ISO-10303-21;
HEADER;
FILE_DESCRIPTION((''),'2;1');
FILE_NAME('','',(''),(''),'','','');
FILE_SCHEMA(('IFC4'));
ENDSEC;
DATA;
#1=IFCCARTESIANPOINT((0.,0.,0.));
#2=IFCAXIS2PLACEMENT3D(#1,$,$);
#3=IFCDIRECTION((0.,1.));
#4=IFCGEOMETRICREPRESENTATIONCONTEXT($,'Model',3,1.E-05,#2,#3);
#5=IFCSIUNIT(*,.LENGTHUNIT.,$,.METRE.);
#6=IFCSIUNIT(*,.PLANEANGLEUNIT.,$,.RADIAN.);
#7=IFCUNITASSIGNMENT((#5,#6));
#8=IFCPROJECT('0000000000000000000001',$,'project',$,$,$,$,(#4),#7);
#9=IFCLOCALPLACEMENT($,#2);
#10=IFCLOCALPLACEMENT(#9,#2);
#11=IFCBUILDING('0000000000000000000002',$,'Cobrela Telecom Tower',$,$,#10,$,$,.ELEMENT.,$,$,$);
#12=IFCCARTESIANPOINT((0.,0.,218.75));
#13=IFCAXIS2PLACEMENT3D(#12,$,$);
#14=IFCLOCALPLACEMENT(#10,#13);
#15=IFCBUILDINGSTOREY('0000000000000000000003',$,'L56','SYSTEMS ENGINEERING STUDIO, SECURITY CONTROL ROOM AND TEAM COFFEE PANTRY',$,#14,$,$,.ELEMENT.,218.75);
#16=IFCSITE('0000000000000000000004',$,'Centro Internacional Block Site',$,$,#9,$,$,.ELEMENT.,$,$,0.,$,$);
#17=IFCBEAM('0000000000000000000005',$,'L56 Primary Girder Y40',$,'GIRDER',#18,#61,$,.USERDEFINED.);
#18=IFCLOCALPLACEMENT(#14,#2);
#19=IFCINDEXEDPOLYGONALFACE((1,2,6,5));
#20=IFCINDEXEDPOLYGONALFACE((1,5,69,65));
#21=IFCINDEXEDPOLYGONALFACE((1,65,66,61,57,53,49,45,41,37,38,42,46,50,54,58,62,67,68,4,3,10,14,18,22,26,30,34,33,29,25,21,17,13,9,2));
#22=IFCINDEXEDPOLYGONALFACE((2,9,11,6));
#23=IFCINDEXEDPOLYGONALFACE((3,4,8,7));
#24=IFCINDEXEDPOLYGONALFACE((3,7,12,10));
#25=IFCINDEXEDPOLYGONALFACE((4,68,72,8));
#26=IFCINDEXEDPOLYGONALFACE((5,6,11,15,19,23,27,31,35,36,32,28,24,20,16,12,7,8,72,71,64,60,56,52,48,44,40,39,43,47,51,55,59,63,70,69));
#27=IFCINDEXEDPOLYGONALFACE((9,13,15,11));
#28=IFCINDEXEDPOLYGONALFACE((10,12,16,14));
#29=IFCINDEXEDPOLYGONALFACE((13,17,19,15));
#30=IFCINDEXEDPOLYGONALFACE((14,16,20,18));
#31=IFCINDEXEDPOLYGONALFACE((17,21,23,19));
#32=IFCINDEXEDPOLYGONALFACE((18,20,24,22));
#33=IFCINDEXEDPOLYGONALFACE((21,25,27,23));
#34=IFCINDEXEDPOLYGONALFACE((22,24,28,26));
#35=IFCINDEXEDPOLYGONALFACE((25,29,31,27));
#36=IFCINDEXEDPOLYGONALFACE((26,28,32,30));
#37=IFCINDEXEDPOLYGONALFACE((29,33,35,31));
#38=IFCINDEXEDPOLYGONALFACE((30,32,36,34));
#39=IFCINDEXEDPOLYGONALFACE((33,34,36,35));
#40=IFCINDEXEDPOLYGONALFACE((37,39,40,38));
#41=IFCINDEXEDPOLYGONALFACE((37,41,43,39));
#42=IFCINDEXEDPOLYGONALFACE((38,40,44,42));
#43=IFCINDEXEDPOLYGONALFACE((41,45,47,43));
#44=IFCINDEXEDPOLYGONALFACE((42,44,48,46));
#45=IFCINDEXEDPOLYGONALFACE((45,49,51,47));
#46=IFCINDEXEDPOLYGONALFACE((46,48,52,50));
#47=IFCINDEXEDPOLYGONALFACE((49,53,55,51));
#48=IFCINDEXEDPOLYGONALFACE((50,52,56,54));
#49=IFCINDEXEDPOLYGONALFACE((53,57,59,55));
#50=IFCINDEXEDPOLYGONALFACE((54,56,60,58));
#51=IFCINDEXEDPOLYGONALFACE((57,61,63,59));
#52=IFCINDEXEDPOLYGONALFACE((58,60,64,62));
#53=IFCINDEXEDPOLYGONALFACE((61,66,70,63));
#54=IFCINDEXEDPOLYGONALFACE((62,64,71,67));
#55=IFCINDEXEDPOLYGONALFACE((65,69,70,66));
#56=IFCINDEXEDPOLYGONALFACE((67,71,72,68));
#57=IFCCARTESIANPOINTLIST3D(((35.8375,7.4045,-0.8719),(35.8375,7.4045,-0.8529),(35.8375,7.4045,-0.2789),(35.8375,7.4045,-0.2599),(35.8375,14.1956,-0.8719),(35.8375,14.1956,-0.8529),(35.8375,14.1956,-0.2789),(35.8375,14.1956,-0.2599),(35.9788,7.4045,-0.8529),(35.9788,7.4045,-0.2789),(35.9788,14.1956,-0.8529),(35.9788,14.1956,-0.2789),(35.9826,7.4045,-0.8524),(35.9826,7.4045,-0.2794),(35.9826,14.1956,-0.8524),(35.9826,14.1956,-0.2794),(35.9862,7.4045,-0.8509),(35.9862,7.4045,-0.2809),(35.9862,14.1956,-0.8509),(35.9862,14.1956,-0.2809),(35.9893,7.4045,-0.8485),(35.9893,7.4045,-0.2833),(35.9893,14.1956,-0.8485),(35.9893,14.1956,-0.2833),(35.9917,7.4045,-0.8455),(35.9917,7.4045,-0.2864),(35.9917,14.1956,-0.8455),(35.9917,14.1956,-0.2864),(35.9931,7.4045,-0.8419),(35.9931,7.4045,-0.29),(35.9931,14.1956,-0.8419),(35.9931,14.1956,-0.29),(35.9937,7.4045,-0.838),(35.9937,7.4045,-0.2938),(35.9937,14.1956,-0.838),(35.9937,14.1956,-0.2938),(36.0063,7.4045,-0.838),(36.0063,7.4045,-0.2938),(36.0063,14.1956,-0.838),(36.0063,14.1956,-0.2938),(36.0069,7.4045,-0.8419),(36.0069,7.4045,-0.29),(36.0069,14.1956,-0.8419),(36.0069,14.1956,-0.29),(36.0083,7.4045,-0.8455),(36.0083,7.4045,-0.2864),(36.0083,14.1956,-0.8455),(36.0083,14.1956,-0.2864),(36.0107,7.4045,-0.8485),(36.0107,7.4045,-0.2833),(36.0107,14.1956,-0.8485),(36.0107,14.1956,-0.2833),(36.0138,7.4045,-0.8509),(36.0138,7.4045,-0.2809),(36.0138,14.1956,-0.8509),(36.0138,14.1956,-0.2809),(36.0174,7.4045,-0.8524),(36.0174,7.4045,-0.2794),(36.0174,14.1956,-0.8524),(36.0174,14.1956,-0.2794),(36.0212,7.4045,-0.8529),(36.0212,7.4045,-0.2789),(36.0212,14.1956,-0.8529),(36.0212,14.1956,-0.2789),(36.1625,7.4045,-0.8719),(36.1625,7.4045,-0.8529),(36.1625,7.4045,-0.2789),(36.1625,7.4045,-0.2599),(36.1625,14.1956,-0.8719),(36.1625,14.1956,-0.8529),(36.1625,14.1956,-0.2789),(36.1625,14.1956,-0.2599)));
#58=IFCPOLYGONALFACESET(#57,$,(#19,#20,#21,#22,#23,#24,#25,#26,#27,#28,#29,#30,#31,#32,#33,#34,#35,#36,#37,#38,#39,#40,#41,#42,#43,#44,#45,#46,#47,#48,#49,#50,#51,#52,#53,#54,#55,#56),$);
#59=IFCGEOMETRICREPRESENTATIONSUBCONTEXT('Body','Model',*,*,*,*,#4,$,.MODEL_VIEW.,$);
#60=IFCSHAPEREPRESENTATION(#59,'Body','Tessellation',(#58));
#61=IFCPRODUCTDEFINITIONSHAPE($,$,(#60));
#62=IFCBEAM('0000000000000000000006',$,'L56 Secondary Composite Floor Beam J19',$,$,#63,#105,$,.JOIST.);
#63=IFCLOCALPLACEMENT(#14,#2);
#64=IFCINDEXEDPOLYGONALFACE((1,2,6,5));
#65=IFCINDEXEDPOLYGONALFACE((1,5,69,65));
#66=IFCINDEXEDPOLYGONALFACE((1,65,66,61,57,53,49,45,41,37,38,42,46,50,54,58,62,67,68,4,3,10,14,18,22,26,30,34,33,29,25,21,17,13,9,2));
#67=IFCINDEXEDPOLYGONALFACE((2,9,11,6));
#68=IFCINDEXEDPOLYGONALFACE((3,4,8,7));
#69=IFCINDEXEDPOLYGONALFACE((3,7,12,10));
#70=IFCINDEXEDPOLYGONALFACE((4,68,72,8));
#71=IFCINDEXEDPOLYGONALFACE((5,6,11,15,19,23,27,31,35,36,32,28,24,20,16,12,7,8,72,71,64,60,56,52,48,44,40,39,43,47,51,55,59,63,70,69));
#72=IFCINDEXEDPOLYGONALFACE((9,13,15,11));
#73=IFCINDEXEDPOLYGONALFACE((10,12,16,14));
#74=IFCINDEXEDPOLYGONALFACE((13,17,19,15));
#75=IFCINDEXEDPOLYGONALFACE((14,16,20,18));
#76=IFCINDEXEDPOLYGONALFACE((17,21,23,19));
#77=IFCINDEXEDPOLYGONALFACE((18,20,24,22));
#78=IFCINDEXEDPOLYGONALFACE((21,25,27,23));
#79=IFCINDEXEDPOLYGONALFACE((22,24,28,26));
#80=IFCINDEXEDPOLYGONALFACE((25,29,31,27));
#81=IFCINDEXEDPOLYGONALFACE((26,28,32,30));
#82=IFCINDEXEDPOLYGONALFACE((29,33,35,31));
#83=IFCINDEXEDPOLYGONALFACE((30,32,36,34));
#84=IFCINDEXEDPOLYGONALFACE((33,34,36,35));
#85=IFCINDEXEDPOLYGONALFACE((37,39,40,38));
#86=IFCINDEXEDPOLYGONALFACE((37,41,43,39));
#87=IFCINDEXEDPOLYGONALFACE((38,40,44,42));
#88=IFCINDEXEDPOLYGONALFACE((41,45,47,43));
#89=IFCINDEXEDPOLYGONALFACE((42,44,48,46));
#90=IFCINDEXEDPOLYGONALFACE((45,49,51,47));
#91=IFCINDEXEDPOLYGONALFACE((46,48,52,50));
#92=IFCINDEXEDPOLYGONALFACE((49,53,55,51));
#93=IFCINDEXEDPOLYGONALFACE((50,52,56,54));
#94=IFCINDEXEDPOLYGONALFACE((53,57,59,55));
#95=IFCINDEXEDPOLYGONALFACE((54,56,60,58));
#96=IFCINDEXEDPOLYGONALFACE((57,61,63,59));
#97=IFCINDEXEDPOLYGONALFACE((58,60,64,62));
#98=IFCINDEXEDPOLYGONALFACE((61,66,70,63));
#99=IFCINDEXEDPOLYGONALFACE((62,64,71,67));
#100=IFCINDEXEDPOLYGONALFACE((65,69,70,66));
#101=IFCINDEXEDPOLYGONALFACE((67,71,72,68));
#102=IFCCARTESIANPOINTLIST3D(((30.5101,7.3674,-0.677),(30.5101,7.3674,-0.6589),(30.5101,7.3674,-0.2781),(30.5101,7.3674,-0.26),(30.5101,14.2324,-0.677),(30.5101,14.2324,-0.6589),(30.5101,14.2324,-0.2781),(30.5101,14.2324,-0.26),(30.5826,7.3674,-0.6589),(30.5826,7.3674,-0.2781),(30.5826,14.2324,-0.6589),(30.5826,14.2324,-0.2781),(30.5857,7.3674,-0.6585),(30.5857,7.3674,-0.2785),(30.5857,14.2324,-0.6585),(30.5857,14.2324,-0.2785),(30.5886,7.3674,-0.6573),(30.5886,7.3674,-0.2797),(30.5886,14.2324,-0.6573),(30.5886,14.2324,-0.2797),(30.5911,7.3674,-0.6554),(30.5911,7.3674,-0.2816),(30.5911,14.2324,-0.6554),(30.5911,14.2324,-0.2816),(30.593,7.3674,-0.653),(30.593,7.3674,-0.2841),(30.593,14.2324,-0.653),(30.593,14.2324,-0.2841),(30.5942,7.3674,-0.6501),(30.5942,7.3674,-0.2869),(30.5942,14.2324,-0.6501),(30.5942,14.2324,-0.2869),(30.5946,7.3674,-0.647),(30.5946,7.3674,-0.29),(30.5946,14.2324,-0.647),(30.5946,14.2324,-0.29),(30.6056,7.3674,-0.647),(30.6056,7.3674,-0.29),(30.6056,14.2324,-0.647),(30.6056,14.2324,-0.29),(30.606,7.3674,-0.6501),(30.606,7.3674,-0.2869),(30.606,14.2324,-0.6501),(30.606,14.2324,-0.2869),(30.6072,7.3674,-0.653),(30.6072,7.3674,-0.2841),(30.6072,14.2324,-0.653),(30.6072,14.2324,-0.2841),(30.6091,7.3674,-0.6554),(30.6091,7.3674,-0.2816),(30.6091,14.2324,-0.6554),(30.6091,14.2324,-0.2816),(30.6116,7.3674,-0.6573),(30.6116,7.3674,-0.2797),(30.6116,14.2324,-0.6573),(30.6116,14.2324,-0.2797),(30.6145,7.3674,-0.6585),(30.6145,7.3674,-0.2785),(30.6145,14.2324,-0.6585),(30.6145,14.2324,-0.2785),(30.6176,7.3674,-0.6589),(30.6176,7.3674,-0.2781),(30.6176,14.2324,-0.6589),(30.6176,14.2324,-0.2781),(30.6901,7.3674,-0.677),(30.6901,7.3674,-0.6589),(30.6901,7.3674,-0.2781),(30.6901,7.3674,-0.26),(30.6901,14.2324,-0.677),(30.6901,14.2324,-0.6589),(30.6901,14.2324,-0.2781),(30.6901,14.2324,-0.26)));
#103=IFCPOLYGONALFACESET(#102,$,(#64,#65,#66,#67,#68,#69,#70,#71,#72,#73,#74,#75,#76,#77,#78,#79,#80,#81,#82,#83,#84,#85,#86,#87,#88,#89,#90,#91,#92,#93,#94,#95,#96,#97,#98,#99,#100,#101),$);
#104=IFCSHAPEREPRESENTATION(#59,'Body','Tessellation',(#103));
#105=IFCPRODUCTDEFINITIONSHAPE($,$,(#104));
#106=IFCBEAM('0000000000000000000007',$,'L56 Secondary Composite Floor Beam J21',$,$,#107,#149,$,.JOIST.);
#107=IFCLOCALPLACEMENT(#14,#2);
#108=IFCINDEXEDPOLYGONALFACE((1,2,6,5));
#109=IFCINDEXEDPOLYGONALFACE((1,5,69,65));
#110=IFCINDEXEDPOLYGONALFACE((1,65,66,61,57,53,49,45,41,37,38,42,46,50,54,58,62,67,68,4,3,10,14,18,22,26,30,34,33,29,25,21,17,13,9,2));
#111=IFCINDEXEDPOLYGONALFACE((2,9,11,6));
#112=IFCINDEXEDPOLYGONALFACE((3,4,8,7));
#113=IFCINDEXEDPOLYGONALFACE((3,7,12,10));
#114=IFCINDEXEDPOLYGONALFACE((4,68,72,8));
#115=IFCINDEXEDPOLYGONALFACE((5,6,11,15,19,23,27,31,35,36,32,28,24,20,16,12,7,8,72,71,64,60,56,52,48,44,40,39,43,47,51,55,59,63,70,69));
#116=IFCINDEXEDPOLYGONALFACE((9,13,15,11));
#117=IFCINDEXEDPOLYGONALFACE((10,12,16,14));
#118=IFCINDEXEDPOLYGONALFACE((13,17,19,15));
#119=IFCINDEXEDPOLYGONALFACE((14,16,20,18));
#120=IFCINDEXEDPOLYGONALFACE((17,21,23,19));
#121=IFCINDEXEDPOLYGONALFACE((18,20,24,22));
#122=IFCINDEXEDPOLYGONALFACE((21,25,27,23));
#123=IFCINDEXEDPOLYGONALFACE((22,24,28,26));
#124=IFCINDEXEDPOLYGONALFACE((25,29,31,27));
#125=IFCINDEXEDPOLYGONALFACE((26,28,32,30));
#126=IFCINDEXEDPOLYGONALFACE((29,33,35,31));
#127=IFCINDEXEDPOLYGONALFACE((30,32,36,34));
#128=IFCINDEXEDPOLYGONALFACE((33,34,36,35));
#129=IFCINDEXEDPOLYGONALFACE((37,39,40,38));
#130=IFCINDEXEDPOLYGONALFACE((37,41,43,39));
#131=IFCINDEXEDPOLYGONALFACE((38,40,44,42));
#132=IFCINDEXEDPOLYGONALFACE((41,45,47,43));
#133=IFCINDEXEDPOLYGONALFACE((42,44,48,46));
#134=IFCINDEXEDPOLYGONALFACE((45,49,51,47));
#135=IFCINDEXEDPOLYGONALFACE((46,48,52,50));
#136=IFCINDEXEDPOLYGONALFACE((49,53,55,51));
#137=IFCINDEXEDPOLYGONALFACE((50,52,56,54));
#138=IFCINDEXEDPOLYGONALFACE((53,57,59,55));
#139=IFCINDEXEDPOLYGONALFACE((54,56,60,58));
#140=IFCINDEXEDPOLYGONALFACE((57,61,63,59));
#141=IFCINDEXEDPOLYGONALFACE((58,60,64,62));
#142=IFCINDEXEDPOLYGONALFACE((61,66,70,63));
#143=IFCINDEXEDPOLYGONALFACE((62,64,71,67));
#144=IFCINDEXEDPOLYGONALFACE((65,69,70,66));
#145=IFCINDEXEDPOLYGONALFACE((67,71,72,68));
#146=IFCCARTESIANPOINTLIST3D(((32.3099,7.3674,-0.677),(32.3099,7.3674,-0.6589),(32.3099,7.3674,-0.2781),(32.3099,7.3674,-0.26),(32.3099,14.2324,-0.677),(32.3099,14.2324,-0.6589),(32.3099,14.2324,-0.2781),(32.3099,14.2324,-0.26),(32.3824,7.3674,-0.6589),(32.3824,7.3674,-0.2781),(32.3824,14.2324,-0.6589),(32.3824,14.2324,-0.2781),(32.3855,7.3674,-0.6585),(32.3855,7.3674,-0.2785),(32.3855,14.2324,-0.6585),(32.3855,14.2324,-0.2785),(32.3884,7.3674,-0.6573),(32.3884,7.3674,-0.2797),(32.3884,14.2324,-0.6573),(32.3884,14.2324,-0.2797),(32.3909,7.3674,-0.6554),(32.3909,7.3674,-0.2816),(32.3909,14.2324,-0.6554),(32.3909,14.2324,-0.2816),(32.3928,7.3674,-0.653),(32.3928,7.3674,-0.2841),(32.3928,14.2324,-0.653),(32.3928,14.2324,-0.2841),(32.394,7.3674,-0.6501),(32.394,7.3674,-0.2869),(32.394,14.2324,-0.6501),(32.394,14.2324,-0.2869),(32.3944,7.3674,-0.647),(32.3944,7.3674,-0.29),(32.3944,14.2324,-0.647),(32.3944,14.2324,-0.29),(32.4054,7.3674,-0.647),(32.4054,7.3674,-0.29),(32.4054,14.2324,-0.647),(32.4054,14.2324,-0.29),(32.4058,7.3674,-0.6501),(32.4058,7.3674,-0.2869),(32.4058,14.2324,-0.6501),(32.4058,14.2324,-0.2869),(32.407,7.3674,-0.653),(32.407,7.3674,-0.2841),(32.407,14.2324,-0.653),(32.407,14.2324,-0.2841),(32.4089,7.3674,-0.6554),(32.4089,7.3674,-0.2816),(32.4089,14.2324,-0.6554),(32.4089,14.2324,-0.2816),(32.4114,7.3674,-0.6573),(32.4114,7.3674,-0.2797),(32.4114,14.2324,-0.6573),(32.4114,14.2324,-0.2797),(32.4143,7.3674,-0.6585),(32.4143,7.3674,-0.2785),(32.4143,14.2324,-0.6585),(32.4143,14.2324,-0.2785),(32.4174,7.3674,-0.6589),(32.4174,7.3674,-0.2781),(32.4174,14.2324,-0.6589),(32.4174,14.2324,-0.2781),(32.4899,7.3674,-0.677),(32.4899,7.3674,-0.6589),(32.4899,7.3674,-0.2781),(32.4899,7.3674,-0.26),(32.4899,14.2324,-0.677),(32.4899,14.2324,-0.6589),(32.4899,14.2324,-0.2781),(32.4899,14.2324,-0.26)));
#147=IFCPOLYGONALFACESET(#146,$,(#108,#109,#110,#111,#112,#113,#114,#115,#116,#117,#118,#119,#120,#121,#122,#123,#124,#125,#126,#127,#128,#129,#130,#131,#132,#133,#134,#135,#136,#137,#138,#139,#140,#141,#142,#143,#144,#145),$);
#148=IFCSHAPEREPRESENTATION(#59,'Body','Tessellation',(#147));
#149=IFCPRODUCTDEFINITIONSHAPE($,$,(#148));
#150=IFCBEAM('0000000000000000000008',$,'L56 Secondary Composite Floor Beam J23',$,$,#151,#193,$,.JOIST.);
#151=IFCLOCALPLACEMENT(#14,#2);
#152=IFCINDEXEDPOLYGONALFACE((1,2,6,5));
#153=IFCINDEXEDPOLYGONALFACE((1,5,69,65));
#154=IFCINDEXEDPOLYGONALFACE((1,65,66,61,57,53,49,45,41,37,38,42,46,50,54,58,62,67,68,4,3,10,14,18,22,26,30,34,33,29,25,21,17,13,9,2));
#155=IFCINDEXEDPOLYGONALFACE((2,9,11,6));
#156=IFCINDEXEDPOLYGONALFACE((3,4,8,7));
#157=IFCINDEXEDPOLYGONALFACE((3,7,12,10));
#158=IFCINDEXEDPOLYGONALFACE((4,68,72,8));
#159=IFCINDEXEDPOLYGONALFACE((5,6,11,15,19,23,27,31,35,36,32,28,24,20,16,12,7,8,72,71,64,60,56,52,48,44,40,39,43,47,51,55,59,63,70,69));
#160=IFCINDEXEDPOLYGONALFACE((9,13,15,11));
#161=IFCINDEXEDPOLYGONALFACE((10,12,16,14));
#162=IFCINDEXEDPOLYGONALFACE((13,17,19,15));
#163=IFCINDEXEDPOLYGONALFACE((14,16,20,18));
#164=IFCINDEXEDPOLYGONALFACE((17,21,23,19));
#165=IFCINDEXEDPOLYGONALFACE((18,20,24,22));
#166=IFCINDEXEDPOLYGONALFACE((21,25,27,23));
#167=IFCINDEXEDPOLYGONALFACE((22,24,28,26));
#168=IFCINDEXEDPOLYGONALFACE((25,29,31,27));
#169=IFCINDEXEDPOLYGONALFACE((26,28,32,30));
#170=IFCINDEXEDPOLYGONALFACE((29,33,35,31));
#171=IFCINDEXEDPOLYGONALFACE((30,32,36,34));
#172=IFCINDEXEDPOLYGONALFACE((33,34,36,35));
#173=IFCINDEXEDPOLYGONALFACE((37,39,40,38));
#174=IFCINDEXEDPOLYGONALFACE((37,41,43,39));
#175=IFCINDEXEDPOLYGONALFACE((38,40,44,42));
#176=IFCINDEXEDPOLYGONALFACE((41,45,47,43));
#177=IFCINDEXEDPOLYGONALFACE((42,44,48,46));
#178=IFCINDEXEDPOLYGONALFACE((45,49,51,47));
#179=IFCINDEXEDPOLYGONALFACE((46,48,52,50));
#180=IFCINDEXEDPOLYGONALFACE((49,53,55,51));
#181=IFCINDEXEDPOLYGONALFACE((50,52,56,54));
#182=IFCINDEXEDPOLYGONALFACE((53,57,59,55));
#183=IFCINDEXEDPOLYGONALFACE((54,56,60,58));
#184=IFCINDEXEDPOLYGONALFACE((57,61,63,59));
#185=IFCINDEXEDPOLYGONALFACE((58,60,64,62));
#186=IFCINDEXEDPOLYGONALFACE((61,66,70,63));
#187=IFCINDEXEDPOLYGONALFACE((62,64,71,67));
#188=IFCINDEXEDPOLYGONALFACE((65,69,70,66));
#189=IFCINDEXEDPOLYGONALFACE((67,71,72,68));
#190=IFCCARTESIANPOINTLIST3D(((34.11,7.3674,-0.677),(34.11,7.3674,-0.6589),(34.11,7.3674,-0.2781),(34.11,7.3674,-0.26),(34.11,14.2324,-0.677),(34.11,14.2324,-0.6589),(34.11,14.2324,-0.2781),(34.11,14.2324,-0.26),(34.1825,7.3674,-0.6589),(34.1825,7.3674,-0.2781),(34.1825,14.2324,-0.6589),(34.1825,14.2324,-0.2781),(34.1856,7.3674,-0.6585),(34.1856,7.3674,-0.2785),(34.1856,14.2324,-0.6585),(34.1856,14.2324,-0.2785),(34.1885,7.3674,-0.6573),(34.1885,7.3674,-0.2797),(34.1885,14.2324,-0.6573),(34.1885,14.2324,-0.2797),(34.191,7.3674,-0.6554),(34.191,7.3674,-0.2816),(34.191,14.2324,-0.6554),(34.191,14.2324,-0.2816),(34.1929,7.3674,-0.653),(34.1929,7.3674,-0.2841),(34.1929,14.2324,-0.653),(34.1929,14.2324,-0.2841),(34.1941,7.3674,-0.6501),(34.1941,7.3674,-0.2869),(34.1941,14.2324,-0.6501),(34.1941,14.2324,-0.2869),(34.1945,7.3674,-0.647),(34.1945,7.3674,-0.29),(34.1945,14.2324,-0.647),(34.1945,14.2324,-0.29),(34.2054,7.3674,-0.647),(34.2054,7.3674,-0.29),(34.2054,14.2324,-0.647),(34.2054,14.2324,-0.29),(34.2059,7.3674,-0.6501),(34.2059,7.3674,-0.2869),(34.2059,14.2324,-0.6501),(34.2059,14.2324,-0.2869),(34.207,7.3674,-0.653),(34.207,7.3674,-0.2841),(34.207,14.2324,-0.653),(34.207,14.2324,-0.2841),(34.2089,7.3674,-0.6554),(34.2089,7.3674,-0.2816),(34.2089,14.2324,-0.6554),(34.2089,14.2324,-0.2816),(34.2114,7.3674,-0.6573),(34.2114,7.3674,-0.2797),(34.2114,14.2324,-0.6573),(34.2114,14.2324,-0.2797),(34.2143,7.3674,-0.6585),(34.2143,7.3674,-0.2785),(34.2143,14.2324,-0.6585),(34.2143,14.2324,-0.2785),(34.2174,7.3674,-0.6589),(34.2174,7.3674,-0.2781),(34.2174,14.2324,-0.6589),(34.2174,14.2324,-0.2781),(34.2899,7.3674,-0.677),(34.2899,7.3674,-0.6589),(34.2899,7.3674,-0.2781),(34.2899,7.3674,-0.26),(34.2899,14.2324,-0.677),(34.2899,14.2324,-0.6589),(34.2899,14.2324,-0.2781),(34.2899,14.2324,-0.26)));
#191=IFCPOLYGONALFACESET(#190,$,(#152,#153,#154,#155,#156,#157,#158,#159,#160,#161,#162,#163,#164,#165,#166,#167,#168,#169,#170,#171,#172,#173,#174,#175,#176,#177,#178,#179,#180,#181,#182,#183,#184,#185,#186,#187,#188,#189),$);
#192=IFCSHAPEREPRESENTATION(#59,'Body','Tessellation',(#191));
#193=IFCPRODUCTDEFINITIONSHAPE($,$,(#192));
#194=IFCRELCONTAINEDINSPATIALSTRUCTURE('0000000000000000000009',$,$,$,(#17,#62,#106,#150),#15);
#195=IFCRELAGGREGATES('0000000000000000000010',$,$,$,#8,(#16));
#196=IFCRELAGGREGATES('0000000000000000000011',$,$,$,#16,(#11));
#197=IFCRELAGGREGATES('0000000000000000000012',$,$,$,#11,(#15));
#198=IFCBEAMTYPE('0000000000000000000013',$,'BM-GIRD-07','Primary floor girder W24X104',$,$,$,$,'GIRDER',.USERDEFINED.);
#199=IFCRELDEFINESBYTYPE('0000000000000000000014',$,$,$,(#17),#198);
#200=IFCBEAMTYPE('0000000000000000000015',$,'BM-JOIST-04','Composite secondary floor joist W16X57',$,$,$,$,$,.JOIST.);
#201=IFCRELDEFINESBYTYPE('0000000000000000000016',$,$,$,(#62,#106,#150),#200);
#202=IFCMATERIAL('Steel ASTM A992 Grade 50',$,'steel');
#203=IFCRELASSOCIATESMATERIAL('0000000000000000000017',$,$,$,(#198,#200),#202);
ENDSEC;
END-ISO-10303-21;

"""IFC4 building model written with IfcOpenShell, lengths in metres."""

from ifc_helpers import new_model, si_unit, direction, frame, origin, origin_2d, place, context, subcontext, project, spatial, i_section, extrude, material, material_profile, profile_set, type_object, element, save


model = new_model("IFC4")

# Units and contexts
model_context = context("Model", 3, precision=1e-05, world=origin(), true_north=direction((0.0, 1.0)))
body_context = subcontext(model_context, "Body", "Model", "MODEL_VIEW")
ifc_project = project(units=[si_unit("LENGTHUNIT", "METRE"), si_unit("PLANEANGLEUNIT", "RADIAN")], contexts=[model_context])

# Site, building, storey
site_placement = place(None, origin())
site = spatial("IfcSite", under=ifc_project, at=site_placement, Name="Centro Internacional Block Site", CompositionType="ELEMENT", RefElevation=0.0)
building_placement = place(site_placement, origin())
building = spatial("IfcBuilding", under=site, at=building_placement, Name="Cobrela Telecom Tower", CompositionType="ELEMENT")
storey_placement = place(building_placement, frame((0.0, 0.0, 218.75)))
storey = spatial("IfcBuildingStorey", under=building, at=storey_placement, Name="L56", Description="SYSTEMS ENGINEERING STUDIO, SECURITY CONTROL ROOM AND TEAM COFFEE PANTRY", CompositionType="ELEMENT", Elevation=218.75)

# Shared definitions
ifc_material_1 = material(Name="Steel ASTM A992 Grade 50", Category="steel")

# Beams
ifc_material_profile_1 = material_profile(ifc_material_1, i_section(OverallWidth=0.325, OverallDepth=0.6121, WebThickness=0.0127, FlangeThickness=0.019, FilletRadius=0.0149, at=origin_2d()), Name="W24X104")
ifc_profile_set_1 = profile_set([ifc_material_profile_1], Name="Steel ASTM A992 Grade 50")
beam_type_1 = type_object("IfcBeamType", Name="BM-GIRD-07", Description="Primary floor girder W24X104", ElementType="GIRDER", PredefinedType="USERDEFINED", material=ifc_profile_set_1)
beam_1_placement = place(storey_placement, frame((36.0, 7.4045, -0.5659), z_axis=(0.0, 1.0, 0.0), x_axis=(-1.0, 0.0, 0.0)))
element("IfcBeam", 1, at=beam_1_placement, inside=storey, type_object=beam_type_1, Name="L56 Primary Girder Y40", ObjectType="GIRDER", PredefinedType="USERDEFINED", context=body_context, shape_type="SweptSolid", body=[
    extrude(i_section(OverallWidth=0.325, OverallDepth=0.6121, WebThickness=0.0127, FlangeThickness=0.019, FilletRadius=0.0149, at=origin_2d()), origin(), (0.0, 0.0, 1.0), 6.791),
])
ifc_material_profile_2 = material_profile(ifc_material_1, i_section(OverallWidth=0.1799, OverallDepth=0.417, WebThickness=0.011, FlangeThickness=0.0181, FilletRadius=0.012, at=origin_2d()), Name="W16X57")
ifc_profile_set_2 = profile_set([ifc_material_profile_2], Name="Steel ASTM A992 Grade 50")
beam_type_2 = type_object("IfcBeamType", Name="BM-JOIST-04", Description="Composite secondary floor joist W16X57", PredefinedType="JOIST", material=ifc_profile_set_2)
for number, where, z_axis, x_axis, name in (
    (2, (30.6001, 7.3674, -0.4685), (0.0, 1.0, 0.0), (-1.0, 0.0, 0.0), "L56 Secondary Composite Floor Beam J19"),
    (3, (32.3999, 7.3674, -0.4685), (0.0, 1.0, 0.0), (-1.0, 0.0, 0.0), "L56 Secondary Composite Floor Beam J21"),
    (4, (34.2, 7.3674, -0.4685), (0.0, 1.0, 0.0), (-1.0, 0.0, 0.0), "L56 Secondary Composite Floor Beam J23"),
):
    element("IfcBeam", number, at=place(storey_placement, frame(where, z_axis=z_axis, x_axis=x_axis)), inside=storey, type_object=beam_type_2, Name=name, PredefinedType="JOIST", context=body_context, shape_type="SweptSolid", body=[
        extrude(i_section(OverallWidth=0.1799, OverallDepth=0.417, WebThickness=0.011, FlangeThickness=0.0181, FilletRadius=0.012, at=origin_2d()), origin(), (0.0, 0.0, 1.0), 6.865),
    ])

save(model, "model.ifc")
